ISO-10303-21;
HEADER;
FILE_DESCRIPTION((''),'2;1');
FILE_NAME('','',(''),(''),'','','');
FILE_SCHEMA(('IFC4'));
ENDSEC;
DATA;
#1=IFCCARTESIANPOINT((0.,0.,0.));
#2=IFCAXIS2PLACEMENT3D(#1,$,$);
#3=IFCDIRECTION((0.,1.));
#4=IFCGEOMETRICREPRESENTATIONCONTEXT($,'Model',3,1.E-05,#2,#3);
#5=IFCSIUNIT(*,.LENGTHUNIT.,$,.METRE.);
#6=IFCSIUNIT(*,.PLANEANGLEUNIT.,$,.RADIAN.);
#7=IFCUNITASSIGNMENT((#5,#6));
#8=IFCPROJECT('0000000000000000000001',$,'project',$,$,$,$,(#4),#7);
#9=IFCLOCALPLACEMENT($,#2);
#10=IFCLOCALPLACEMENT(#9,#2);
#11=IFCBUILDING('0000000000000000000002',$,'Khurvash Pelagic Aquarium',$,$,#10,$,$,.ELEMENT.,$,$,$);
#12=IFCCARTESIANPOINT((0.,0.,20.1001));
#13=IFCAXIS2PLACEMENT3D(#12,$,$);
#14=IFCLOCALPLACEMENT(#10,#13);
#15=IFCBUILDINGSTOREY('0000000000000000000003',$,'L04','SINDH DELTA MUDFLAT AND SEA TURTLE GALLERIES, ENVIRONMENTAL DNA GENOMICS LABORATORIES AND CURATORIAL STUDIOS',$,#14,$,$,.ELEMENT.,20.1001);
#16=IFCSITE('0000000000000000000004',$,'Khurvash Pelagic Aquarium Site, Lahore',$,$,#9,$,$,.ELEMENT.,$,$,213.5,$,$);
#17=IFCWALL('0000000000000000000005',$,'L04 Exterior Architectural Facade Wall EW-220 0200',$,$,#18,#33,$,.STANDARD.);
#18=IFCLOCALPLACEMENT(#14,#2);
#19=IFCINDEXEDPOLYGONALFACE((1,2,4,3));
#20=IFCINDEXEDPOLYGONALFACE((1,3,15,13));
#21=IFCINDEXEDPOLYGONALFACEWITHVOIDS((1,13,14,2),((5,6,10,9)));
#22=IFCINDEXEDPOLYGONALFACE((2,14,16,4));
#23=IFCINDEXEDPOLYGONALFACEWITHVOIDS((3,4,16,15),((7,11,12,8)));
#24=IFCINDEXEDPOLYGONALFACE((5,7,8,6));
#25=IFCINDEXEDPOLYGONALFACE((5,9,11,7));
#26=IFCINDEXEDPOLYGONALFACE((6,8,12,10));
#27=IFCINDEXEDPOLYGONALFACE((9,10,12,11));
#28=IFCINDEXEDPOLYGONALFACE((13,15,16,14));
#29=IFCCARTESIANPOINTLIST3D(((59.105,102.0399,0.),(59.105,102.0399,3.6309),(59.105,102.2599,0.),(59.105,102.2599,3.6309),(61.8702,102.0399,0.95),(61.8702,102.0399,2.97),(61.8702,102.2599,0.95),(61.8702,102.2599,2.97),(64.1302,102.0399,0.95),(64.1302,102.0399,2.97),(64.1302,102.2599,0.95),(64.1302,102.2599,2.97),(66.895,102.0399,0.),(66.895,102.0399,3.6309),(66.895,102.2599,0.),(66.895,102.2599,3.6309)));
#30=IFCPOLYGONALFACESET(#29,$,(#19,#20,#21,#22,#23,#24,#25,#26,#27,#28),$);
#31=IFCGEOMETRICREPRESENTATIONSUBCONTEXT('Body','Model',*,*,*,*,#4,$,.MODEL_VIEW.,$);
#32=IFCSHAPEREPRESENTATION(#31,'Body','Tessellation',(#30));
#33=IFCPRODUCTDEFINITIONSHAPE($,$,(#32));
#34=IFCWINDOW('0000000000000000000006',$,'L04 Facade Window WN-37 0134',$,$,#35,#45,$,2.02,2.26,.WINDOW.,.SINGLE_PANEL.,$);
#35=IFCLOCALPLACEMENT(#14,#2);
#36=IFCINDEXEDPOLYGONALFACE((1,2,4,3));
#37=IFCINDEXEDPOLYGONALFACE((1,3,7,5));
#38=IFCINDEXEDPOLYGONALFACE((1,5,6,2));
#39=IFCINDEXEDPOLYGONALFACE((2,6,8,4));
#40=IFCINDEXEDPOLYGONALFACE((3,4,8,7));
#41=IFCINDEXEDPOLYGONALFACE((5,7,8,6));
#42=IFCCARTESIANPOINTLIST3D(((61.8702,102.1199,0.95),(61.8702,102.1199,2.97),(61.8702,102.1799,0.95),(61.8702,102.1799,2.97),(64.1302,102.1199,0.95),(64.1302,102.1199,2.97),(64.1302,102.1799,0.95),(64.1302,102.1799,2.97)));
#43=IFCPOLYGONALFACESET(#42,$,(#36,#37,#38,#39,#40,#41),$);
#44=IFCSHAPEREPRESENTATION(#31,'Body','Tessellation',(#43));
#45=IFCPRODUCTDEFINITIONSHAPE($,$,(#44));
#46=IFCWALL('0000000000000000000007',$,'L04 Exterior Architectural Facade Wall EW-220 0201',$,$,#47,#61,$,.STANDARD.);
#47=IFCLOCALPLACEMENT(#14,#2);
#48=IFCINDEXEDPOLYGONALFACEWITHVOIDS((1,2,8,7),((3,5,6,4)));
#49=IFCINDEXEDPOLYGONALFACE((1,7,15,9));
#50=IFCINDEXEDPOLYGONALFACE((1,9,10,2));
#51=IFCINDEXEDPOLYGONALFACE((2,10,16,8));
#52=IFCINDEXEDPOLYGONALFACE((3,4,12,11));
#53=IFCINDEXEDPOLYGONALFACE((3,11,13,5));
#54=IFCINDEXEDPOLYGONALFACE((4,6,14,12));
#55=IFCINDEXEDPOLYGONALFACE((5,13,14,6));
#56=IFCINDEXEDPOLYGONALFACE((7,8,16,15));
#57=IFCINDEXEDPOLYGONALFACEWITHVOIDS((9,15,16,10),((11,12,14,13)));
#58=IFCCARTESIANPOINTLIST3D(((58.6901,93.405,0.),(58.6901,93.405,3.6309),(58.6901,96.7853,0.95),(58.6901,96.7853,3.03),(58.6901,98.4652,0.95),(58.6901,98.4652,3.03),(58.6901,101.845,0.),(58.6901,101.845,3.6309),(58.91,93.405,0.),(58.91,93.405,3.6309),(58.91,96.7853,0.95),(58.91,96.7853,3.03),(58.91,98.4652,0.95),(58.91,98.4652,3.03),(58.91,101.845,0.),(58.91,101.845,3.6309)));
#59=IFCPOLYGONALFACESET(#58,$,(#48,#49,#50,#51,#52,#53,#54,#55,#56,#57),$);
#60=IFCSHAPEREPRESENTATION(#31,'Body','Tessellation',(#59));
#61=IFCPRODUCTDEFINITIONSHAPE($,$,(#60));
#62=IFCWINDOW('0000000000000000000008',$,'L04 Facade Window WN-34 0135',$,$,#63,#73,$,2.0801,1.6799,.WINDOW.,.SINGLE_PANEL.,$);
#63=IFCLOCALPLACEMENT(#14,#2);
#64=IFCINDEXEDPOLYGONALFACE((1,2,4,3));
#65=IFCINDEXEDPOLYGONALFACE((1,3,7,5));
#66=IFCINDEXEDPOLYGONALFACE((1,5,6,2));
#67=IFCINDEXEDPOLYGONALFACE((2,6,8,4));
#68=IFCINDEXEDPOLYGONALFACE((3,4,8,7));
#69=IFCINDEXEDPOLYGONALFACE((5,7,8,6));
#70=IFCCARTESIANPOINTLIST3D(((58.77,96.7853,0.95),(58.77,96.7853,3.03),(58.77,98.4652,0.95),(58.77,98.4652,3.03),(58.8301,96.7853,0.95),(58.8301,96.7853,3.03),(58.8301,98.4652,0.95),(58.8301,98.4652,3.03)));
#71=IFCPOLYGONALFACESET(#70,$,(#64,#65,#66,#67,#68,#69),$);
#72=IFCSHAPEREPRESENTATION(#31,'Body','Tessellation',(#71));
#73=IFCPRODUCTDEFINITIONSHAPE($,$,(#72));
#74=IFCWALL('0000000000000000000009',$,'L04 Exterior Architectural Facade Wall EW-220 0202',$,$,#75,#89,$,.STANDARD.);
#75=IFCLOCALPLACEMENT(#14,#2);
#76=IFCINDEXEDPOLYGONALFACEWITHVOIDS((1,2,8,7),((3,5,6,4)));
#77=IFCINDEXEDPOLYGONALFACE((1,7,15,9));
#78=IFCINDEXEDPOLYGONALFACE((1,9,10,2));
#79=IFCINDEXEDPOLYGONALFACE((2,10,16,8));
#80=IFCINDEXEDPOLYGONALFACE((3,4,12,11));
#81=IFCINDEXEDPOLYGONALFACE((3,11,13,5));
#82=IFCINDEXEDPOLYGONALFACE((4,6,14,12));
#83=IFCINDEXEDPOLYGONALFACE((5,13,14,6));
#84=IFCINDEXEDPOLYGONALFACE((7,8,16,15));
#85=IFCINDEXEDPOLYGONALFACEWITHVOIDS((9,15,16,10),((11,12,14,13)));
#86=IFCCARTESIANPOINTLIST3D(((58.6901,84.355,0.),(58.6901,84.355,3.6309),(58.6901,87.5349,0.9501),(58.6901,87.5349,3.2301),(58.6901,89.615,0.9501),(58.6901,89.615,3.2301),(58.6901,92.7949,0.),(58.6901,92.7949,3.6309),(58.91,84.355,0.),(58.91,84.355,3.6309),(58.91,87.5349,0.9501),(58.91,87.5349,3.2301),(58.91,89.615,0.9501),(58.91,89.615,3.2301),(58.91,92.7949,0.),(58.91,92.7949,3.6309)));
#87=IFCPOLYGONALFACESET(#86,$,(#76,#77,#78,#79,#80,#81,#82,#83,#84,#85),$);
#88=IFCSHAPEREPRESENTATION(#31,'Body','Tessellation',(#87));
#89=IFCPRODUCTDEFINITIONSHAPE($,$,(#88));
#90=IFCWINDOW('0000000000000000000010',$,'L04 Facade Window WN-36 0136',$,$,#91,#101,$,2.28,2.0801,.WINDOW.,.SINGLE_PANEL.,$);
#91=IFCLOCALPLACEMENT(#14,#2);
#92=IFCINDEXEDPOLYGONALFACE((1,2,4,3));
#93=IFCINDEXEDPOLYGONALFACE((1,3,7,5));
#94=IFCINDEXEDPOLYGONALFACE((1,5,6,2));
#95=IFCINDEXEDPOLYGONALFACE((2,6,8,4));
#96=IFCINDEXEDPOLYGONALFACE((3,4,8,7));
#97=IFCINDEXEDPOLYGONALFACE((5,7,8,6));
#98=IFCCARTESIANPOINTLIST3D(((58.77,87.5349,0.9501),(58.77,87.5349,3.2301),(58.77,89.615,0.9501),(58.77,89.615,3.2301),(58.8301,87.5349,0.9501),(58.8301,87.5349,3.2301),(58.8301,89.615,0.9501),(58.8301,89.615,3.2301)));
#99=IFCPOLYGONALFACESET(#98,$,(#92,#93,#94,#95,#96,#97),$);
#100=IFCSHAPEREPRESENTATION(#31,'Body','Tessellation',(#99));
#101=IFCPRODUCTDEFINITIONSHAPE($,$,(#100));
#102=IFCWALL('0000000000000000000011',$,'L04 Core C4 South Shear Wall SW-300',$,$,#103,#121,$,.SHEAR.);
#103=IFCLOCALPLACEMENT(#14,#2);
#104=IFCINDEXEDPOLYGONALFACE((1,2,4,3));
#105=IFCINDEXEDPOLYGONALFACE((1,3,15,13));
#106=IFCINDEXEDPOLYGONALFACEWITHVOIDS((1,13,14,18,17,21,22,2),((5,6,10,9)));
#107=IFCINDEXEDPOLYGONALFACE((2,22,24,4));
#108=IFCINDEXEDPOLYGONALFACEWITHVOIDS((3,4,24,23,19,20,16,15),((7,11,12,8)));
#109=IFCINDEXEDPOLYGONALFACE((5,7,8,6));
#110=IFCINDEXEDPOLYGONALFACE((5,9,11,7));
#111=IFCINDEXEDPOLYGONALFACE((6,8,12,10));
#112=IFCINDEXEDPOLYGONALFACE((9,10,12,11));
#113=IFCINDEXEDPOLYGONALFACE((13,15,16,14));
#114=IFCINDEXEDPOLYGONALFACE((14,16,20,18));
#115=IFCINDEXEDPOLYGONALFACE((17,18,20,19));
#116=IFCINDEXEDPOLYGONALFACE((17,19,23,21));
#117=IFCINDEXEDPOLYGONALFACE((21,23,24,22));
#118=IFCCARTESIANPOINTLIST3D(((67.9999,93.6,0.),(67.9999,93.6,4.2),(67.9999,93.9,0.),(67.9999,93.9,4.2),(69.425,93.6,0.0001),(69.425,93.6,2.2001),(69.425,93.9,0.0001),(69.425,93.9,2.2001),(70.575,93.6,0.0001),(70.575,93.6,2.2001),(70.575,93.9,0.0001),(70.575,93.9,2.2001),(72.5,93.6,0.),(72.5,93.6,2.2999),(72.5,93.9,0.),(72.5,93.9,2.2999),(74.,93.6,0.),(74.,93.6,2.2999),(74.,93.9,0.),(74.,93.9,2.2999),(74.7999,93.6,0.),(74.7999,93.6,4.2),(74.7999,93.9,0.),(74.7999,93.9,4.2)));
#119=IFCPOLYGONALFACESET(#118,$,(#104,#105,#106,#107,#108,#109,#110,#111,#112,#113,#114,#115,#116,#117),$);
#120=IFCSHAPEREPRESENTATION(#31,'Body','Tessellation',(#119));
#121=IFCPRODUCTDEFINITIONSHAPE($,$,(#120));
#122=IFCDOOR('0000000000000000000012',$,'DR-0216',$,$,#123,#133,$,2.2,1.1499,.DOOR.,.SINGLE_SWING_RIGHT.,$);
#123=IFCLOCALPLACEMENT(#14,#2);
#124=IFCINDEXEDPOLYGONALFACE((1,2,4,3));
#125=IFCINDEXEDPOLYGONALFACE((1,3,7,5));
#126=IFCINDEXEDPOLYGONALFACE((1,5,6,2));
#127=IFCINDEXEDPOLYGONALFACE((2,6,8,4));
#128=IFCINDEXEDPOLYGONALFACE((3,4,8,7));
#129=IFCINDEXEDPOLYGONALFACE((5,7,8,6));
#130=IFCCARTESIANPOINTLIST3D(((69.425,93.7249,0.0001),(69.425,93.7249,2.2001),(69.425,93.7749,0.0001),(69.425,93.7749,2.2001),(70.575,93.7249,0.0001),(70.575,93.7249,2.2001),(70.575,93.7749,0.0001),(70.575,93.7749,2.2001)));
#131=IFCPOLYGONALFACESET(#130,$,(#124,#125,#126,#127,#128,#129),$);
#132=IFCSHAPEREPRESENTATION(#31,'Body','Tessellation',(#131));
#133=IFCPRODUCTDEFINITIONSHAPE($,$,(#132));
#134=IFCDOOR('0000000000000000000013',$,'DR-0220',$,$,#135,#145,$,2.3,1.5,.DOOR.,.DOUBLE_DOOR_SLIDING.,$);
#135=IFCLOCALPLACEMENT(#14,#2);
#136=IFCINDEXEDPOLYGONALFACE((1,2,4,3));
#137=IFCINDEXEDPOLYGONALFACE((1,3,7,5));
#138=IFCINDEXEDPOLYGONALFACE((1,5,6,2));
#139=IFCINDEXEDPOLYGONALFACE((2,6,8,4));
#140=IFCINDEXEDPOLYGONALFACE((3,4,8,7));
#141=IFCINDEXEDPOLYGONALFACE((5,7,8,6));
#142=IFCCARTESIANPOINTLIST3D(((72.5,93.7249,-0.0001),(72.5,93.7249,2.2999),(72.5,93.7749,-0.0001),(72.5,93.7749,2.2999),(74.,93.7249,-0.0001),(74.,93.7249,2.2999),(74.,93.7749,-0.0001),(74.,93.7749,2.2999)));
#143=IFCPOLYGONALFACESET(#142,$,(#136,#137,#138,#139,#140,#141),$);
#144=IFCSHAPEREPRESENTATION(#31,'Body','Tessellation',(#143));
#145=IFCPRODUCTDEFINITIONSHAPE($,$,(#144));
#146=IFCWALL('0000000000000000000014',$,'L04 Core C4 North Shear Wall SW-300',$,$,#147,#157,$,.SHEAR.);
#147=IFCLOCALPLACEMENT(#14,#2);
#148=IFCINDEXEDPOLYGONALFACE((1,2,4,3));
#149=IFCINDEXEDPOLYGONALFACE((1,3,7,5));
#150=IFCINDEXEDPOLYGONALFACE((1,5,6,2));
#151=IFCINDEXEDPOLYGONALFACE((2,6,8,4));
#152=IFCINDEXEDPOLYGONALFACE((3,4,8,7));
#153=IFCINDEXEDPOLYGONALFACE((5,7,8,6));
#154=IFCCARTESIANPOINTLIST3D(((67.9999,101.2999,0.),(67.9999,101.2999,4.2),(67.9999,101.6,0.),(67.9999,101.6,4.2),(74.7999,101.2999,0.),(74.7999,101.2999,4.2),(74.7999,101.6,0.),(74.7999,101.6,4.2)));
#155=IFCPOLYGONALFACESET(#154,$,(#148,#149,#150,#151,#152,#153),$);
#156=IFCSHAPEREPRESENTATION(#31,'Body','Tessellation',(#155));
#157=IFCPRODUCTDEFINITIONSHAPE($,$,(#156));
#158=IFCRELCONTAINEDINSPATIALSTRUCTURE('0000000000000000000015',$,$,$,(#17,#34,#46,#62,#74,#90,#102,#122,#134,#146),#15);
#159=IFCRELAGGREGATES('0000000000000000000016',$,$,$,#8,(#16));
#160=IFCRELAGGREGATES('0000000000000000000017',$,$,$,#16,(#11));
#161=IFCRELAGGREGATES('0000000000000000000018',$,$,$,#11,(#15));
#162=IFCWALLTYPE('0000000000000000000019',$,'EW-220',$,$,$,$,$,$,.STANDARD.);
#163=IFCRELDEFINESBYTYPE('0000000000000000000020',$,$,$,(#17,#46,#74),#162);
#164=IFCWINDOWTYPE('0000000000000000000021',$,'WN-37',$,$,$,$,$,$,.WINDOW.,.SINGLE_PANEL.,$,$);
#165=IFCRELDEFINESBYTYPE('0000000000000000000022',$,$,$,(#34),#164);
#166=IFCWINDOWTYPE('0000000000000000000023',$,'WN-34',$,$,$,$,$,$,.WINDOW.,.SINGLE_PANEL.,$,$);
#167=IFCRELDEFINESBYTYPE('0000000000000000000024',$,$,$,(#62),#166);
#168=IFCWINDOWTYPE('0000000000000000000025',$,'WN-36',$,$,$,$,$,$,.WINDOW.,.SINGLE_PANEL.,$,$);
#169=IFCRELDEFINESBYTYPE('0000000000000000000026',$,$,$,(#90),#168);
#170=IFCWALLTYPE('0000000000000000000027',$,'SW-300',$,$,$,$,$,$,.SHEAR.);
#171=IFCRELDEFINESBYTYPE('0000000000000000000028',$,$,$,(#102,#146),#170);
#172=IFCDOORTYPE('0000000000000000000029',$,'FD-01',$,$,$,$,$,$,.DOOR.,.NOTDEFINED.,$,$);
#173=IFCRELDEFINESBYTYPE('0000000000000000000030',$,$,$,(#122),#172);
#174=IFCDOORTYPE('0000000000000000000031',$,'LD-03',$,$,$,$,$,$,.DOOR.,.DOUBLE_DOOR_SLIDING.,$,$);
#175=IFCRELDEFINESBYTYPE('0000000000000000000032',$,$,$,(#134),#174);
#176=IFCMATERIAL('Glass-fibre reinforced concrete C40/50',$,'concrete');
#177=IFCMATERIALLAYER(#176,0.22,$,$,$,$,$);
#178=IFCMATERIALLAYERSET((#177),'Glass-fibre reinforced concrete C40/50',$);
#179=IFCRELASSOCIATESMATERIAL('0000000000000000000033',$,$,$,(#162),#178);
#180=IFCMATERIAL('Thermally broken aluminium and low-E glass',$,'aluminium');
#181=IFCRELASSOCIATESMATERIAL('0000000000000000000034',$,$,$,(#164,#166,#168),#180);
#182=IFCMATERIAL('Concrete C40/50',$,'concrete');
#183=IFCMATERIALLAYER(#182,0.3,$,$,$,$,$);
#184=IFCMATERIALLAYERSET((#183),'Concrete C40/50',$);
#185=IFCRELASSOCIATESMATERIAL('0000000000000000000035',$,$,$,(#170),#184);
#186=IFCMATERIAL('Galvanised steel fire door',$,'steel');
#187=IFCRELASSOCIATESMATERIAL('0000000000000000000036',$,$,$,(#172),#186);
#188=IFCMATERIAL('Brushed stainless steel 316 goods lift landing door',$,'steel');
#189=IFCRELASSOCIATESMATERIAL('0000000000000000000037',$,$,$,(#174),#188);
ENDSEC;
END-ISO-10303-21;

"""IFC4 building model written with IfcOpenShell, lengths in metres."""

from ifc_helpers import new_model, si_unit, direction, frame, frame_2d, origin, place, context, subcontext, project, spatial, rectangle, extrude, material, layer, layer_set, type_object, element, fill, save


model = new_model("IFC4")

# Units and contexts
model_context = context("Model", 3, precision=1e-05, world=origin(), true_north=direction((0.0, 1.0)))
body_context = subcontext(model_context, "Body", "Model", "MODEL_VIEW")
ifc_project = project(units=[si_unit("LENGTHUNIT", "METRE"), si_unit("PLANEANGLEUNIT", "RADIAN")], contexts=[model_context])

# Site, building, storey
site_placement = place(None, origin())
site = spatial("IfcSite", under=ifc_project, at=site_placement, Name="Khurvash Pelagic Aquarium Site, Lahore", CompositionType="ELEMENT", RefElevation=213.5)
building_placement = place(site_placement, origin())
building = spatial("IfcBuilding", under=site, at=building_placement, Name="Khurvash Pelagic Aquarium", CompositionType="ELEMENT")
storey_placement = place(building_placement, frame((0.0, 0.0, 20.1001)))
storey = spatial("IfcBuildingStorey", under=building, at=storey_placement, Name="L04", Description="SINDH DELTA MUDFLAT AND SEA TURTLE GALLERIES, ENVIRONMENTAL DNA GENOMICS LABORATORIES AND CURATORIAL STUDIOS", CompositionType="ELEMENT", Elevation=20.1001)

# Shared definitions
ifc_material_1 = material(Name="Concrete C40/50", Category="concrete")

# Walls, openings, windows
ifc_material_2 = material(Name="Glass-fibre reinforced concrete C40/50", Category="concrete")
ifc_layer_1 = layer(ifc_material_2, 0.22)
ifc_layer_set_1 = layer_set([ifc_layer_1], Name="Glass-fibre reinforced concrete C40/50")
wall_type_1 = type_object("IfcWallType", Name="EW-220", PredefinedType="STANDARD", material=ifc_layer_set_1)
wall_1_placement = place(storey_placement, frame((66.895, 102.1499, 0.0), z_axis=(0.0, 0.0, 1.0), x_axis=(-1.0, 0.0, 0.0)))
wall_1 = element("IfcWall", 1, at=wall_1_placement, inside=storey, type_object=wall_type_1, Name="L04 Exterior Architectural Facade Wall EW-220 0200", PredefinedType="STANDARD", context=body_context, shape_type="SweptSolid", body=[
    extrude(rectangle(XDim=7.79, YDim=0.22, at=frame_2d((3.895, 0.0))), origin(), (0.0, 0.0, 1.0), 3.6309),
])
opening_1_placement = place(wall_1_placement, frame((2.7649, 0.0, 0.95)))
opening_1 = element("IfcOpeningElement", 2, at=opening_1_placement, cuts=wall_1, PredefinedType="OPENING", context=body_context, shape_type="SweptSolid", body=[
    extrude(rectangle(XDim=2.26, YDim=2.02, at=frame_2d((1.1299, 1.01))), frame((0.0, 0.1201, 0.0), z_axis=(0.0, -1.0, 0.0), x_axis=(1.0, 0.0, 0.0)), (0.0, 0.0, 1.0), 0.24),
])
ifc_material_3 = material(Name="Thermally broken aluminium and low-E glass", Category="aluminium")
window_type_1 = type_object("IfcWindowType", Name="WN-37", PartitioningType="SINGLE_PANEL", PredefinedType="WINDOW", material=ifc_material_3)
window_1_placement = place(opening_1_placement, origin())
window_1 = element("IfcWindow", 3, at=window_1_placement, inside=storey, type_object=window_type_1, Name="L04 Facade Window WN-37 0134", OverallHeight=2.02, OverallWidth=2.26, PartitioningType="SINGLE_PANEL", PredefinedType="WINDOW", context=body_context, shape_type="SweptSolid", body=[
    extrude(rectangle(XDim=2.26, YDim=2.02, at=frame_2d((1.1299, 1.01))), frame((0.0, 0.03, 0.0), z_axis=(0.0, -1.0, 0.0), x_axis=(1.0, 0.0, 0.0)), (0.0, 0.0, 1.0), 0.0601),
])
fill(opening_1, window_1)
wall_2_placement = place(storey_placement, frame((58.8, 101.845, 0.0), z_axis=(0.0, 0.0, 1.0), x_axis=(0.0, -1.0, 0.0)))
wall_2 = element("IfcWall", 4, at=wall_2_placement, inside=storey, type_object=wall_type_1, Name="L04 Exterior Architectural Facade Wall EW-220 0201", PredefinedType="STANDARD", context=body_context, shape_type="SweptSolid", body=[
    extrude(rectangle(XDim=8.4399, YDim=0.22, at=frame_2d((4.22, 0.0))), origin(), (0.0, 0.0, 1.0), 3.6309),
])
opening_2_placement = place(wall_2_placement, frame((3.3799, 0.0, 0.95)))
opening_2 = element("IfcOpeningElement", 5, at=opening_2_placement, cuts=wall_2, PredefinedType="OPENING", context=body_context, shape_type="SweptSolid", body=[
    extrude(rectangle(XDim=1.6799, YDim=2.0801, at=frame_2d((0.8398, 1.04))), frame((0.0, 0.1201, 0.0), z_axis=(0.0, -1.0, 0.0), x_axis=(1.0, 0.0, 0.0)), (0.0, 0.0, 1.0), 0.24),
])
window_type_2 = type_object("IfcWindowType", Name="WN-34", PartitioningType="SINGLE_PANEL", PredefinedType="WINDOW", material=ifc_material_3)
window_2_placement = place(opening_2_placement, origin())
window_2 = element("IfcWindow", 6, at=window_2_placement, inside=storey, type_object=window_type_2, Name="L04 Facade Window WN-34 0135", OverallHeight=2.0801, OverallWidth=1.6799, PartitioningType="SINGLE_PANEL", PredefinedType="WINDOW", context=body_context, shape_type="SweptSolid", body=[
    extrude(rectangle(XDim=1.6799, YDim=2.0801, at=frame_2d((0.8398, 1.04))), frame((0.0, 0.03, 0.0), z_axis=(0.0, -1.0, 0.0), x_axis=(1.0, 0.0, 0.0)), (0.0, 0.0, 1.0), 0.0601),
])
fill(opening_2, window_2)
wall_3_placement = place(storey_placement, frame((58.8, 92.7949, 0.0), z_axis=(0.0, 0.0, 1.0), x_axis=(0.0, -1.0, 0.0)))
wall_3 = element("IfcWall", 7, at=wall_3_placement, inside=storey, type_object=wall_type_1, Name="L04 Exterior Architectural Facade Wall EW-220 0202", PredefinedType="STANDARD", context=body_context, shape_type="SweptSolid", body=[
    extrude(rectangle(XDim=8.4399, YDim=0.22, at=frame_2d((4.22, 0.0))), origin(), (0.0, 0.0, 1.0), 3.6309),
])
opening_3_placement = place(wall_3_placement, frame((3.1799, 0.0, 0.95)))
opening_3 = element("IfcOpeningElement", 8, at=opening_3_placement, cuts=wall_3, PredefinedType="OPENING", context=body_context, shape_type="SweptSolid", body=[
    extrude(rectangle(XDim=2.0801, YDim=2.28, at=frame_2d((1.04, 1.1401))), frame((0.0, 0.1201, 0.0), z_axis=(0.0, -1.0, 0.0), x_axis=(1.0, 0.0, 0.0)), (0.0, 0.0, 1.0), 0.24),
])
window_type_3 = type_object("IfcWindowType", Name="WN-36", PartitioningType="SINGLE_PANEL", PredefinedType="WINDOW", material=ifc_material_3)
window_3_placement = place(opening_3_placement, origin())
window_3 = element("IfcWindow", 9, at=window_3_placement, inside=storey, type_object=window_type_3, Name="L04 Facade Window WN-36 0136", OverallHeight=2.28, OverallWidth=2.0801, PartitioningType="SINGLE_PANEL", PredefinedType="WINDOW", context=body_context, shape_type="SweptSolid", body=[
    extrude(rectangle(XDim=2.0801, YDim=2.28, at=frame_2d((1.04, 1.1401))), frame((0.0, 0.03, 0.0), z_axis=(0.0, -1.0, 0.0), x_axis=(1.0, 0.0, 0.0)), (0.0, 0.0, 1.0), 0.0601),
])
fill(opening_3, window_3)

# Wall, openings, doors
ifc_layer_2 = layer(ifc_material_1, 0.3)
ifc_layer_set_2 = layer_set([ifc_layer_2], Name="Concrete C40/50")
wall_type_2 = type_object("IfcWallType", Name="SW-300", PredefinedType="SHEAR", material=ifc_layer_set_2)
wall_4_placement = place(storey_placement, frame((68.0, 93.75, 0.0), z_axis=(0.0, 0.0, 1.0), x_axis=(1.0, 0.0, 0.0)))
wall_4 = element("IfcWall", 10, at=wall_4_placement, inside=storey, type_object=wall_type_2, Name="L04 Core C4 South Shear Wall SW-300", PredefinedType="SHEAR", context=body_context, shape_type="SweptSolid", body=[
    extrude(rectangle(XDim=6.8, YDim=0.3, at=frame_2d((3.3999, 0.0))), origin(), (0.0, 0.0, 1.0), 4.2),
])
opening_4_placement = place(wall_4_placement, frame((1.425, 0.0, 0.0)))
opening_4 = element("IfcOpeningElement", 11, at=opening_4_placement, cuts=wall_4, PredefinedType="OPENING", context=body_context, shape_type="SweptSolid", body=[
    extrude(rectangle(XDim=1.1499, YDim=2.2, at=frame_2d((0.575, 1.1001))), frame((0.0, 0.1602, 0.0), z_axis=(0.0, -1.0, 0.0), x_axis=(1.0, 0.0, 0.0)), (0.0, 0.0, 1.0), 0.3201),
])
opening_5_placement = place(wall_4_placement, frame((4.5, 0.0, 0.0)))
opening_5 = element("IfcOpeningElement", 12, at=opening_5_placement, cuts=wall_4, PredefinedType="OPENING", context=body_context, shape_type="SweptSolid", body=[
    extrude(rectangle(XDim=1.5, YDim=2.3, at=frame_2d((0.75, 1.1499))), frame((0.0, 0.1602, 0.0), z_axis=(0.0, -1.0, 0.0), x_axis=(1.0, 0.0, 0.0)), (0.0, 0.0, 1.0), 0.3201),
])
ifc_material_4 = material(Name="Galvanised steel fire door", Category="steel")
door_type_1 = type_object("IfcDoorType", Name="FD-01", OperationType="NOTDEFINED", PredefinedType="DOOR", material=ifc_material_4)
door_1_placement = place(opening_4_placement, origin())
door_1 = element("IfcDoor", 13, at=door_1_placement, inside=storey, type_object=door_type_1, Name="DR-0216", OperationType="SINGLE_SWING_RIGHT", OverallHeight=2.2, OverallWidth=1.1499, PredefinedType="DOOR", context=body_context, shape_type="SweptSolid", body=[
    extrude(rectangle(XDim=1.1499, YDim=2.2, at=frame_2d((0.575, 1.1001))), frame((0.0, 0.0249, 0.0), z_axis=(0.0, -1.0, 0.0), x_axis=(1.0, 0.0, 0.0)), (0.0, 0.0, 1.0), 0.05),
])
fill(opening_4, door_1)
ifc_material_5 = material(Name="Brushed stainless steel 316 goods lift landing door", Category="steel")
door_type_2 = type_object("IfcDoorType", Name="LD-03", OperationType="DOUBLE_DOOR_SLIDING", PredefinedType="DOOR", material=ifc_material_5)
door_2_placement = place(opening_5_placement, origin())
door_2 = element("IfcDoor", 14, at=door_2_placement, inside=storey, type_object=door_type_2, Name="DR-0220", OperationType="DOUBLE_DOOR_SLIDING", OverallHeight=2.3, OverallWidth=1.5, PredefinedType="DOOR", context=body_context, shape_type="SweptSolid", body=[
    extrude(rectangle(XDim=1.5, YDim=2.3, at=frame_2d((0.75, 1.1499))), frame((0.0, 0.0249, 0.0), z_axis=(0.0, -1.0, 0.0), x_axis=(1.0, 0.0, 0.0)), (0.0, 0.0, 1.0), 0.05),
])
fill(opening_5, door_2)

# Wall
wall_5_placement = place(storey_placement, frame((68.0, 101.45, 0.0), z_axis=(0.0, 0.0, 1.0), x_axis=(1.0, 0.0, 0.0)))
element("IfcWall", 15, at=wall_5_placement, inside=storey, type_object=wall_type_2, Name="L04 Core C4 North Shear Wall SW-300", PredefinedType="SHEAR", context=body_context, shape_type="SweptSolid", body=[
    extrude(rectangle(XDim=6.8, YDim=0.3, at=frame_2d((3.3999, 0.0))), origin(), (0.0, 0.0, 1.0), 4.2),
])

save(model, "model.ifc")
